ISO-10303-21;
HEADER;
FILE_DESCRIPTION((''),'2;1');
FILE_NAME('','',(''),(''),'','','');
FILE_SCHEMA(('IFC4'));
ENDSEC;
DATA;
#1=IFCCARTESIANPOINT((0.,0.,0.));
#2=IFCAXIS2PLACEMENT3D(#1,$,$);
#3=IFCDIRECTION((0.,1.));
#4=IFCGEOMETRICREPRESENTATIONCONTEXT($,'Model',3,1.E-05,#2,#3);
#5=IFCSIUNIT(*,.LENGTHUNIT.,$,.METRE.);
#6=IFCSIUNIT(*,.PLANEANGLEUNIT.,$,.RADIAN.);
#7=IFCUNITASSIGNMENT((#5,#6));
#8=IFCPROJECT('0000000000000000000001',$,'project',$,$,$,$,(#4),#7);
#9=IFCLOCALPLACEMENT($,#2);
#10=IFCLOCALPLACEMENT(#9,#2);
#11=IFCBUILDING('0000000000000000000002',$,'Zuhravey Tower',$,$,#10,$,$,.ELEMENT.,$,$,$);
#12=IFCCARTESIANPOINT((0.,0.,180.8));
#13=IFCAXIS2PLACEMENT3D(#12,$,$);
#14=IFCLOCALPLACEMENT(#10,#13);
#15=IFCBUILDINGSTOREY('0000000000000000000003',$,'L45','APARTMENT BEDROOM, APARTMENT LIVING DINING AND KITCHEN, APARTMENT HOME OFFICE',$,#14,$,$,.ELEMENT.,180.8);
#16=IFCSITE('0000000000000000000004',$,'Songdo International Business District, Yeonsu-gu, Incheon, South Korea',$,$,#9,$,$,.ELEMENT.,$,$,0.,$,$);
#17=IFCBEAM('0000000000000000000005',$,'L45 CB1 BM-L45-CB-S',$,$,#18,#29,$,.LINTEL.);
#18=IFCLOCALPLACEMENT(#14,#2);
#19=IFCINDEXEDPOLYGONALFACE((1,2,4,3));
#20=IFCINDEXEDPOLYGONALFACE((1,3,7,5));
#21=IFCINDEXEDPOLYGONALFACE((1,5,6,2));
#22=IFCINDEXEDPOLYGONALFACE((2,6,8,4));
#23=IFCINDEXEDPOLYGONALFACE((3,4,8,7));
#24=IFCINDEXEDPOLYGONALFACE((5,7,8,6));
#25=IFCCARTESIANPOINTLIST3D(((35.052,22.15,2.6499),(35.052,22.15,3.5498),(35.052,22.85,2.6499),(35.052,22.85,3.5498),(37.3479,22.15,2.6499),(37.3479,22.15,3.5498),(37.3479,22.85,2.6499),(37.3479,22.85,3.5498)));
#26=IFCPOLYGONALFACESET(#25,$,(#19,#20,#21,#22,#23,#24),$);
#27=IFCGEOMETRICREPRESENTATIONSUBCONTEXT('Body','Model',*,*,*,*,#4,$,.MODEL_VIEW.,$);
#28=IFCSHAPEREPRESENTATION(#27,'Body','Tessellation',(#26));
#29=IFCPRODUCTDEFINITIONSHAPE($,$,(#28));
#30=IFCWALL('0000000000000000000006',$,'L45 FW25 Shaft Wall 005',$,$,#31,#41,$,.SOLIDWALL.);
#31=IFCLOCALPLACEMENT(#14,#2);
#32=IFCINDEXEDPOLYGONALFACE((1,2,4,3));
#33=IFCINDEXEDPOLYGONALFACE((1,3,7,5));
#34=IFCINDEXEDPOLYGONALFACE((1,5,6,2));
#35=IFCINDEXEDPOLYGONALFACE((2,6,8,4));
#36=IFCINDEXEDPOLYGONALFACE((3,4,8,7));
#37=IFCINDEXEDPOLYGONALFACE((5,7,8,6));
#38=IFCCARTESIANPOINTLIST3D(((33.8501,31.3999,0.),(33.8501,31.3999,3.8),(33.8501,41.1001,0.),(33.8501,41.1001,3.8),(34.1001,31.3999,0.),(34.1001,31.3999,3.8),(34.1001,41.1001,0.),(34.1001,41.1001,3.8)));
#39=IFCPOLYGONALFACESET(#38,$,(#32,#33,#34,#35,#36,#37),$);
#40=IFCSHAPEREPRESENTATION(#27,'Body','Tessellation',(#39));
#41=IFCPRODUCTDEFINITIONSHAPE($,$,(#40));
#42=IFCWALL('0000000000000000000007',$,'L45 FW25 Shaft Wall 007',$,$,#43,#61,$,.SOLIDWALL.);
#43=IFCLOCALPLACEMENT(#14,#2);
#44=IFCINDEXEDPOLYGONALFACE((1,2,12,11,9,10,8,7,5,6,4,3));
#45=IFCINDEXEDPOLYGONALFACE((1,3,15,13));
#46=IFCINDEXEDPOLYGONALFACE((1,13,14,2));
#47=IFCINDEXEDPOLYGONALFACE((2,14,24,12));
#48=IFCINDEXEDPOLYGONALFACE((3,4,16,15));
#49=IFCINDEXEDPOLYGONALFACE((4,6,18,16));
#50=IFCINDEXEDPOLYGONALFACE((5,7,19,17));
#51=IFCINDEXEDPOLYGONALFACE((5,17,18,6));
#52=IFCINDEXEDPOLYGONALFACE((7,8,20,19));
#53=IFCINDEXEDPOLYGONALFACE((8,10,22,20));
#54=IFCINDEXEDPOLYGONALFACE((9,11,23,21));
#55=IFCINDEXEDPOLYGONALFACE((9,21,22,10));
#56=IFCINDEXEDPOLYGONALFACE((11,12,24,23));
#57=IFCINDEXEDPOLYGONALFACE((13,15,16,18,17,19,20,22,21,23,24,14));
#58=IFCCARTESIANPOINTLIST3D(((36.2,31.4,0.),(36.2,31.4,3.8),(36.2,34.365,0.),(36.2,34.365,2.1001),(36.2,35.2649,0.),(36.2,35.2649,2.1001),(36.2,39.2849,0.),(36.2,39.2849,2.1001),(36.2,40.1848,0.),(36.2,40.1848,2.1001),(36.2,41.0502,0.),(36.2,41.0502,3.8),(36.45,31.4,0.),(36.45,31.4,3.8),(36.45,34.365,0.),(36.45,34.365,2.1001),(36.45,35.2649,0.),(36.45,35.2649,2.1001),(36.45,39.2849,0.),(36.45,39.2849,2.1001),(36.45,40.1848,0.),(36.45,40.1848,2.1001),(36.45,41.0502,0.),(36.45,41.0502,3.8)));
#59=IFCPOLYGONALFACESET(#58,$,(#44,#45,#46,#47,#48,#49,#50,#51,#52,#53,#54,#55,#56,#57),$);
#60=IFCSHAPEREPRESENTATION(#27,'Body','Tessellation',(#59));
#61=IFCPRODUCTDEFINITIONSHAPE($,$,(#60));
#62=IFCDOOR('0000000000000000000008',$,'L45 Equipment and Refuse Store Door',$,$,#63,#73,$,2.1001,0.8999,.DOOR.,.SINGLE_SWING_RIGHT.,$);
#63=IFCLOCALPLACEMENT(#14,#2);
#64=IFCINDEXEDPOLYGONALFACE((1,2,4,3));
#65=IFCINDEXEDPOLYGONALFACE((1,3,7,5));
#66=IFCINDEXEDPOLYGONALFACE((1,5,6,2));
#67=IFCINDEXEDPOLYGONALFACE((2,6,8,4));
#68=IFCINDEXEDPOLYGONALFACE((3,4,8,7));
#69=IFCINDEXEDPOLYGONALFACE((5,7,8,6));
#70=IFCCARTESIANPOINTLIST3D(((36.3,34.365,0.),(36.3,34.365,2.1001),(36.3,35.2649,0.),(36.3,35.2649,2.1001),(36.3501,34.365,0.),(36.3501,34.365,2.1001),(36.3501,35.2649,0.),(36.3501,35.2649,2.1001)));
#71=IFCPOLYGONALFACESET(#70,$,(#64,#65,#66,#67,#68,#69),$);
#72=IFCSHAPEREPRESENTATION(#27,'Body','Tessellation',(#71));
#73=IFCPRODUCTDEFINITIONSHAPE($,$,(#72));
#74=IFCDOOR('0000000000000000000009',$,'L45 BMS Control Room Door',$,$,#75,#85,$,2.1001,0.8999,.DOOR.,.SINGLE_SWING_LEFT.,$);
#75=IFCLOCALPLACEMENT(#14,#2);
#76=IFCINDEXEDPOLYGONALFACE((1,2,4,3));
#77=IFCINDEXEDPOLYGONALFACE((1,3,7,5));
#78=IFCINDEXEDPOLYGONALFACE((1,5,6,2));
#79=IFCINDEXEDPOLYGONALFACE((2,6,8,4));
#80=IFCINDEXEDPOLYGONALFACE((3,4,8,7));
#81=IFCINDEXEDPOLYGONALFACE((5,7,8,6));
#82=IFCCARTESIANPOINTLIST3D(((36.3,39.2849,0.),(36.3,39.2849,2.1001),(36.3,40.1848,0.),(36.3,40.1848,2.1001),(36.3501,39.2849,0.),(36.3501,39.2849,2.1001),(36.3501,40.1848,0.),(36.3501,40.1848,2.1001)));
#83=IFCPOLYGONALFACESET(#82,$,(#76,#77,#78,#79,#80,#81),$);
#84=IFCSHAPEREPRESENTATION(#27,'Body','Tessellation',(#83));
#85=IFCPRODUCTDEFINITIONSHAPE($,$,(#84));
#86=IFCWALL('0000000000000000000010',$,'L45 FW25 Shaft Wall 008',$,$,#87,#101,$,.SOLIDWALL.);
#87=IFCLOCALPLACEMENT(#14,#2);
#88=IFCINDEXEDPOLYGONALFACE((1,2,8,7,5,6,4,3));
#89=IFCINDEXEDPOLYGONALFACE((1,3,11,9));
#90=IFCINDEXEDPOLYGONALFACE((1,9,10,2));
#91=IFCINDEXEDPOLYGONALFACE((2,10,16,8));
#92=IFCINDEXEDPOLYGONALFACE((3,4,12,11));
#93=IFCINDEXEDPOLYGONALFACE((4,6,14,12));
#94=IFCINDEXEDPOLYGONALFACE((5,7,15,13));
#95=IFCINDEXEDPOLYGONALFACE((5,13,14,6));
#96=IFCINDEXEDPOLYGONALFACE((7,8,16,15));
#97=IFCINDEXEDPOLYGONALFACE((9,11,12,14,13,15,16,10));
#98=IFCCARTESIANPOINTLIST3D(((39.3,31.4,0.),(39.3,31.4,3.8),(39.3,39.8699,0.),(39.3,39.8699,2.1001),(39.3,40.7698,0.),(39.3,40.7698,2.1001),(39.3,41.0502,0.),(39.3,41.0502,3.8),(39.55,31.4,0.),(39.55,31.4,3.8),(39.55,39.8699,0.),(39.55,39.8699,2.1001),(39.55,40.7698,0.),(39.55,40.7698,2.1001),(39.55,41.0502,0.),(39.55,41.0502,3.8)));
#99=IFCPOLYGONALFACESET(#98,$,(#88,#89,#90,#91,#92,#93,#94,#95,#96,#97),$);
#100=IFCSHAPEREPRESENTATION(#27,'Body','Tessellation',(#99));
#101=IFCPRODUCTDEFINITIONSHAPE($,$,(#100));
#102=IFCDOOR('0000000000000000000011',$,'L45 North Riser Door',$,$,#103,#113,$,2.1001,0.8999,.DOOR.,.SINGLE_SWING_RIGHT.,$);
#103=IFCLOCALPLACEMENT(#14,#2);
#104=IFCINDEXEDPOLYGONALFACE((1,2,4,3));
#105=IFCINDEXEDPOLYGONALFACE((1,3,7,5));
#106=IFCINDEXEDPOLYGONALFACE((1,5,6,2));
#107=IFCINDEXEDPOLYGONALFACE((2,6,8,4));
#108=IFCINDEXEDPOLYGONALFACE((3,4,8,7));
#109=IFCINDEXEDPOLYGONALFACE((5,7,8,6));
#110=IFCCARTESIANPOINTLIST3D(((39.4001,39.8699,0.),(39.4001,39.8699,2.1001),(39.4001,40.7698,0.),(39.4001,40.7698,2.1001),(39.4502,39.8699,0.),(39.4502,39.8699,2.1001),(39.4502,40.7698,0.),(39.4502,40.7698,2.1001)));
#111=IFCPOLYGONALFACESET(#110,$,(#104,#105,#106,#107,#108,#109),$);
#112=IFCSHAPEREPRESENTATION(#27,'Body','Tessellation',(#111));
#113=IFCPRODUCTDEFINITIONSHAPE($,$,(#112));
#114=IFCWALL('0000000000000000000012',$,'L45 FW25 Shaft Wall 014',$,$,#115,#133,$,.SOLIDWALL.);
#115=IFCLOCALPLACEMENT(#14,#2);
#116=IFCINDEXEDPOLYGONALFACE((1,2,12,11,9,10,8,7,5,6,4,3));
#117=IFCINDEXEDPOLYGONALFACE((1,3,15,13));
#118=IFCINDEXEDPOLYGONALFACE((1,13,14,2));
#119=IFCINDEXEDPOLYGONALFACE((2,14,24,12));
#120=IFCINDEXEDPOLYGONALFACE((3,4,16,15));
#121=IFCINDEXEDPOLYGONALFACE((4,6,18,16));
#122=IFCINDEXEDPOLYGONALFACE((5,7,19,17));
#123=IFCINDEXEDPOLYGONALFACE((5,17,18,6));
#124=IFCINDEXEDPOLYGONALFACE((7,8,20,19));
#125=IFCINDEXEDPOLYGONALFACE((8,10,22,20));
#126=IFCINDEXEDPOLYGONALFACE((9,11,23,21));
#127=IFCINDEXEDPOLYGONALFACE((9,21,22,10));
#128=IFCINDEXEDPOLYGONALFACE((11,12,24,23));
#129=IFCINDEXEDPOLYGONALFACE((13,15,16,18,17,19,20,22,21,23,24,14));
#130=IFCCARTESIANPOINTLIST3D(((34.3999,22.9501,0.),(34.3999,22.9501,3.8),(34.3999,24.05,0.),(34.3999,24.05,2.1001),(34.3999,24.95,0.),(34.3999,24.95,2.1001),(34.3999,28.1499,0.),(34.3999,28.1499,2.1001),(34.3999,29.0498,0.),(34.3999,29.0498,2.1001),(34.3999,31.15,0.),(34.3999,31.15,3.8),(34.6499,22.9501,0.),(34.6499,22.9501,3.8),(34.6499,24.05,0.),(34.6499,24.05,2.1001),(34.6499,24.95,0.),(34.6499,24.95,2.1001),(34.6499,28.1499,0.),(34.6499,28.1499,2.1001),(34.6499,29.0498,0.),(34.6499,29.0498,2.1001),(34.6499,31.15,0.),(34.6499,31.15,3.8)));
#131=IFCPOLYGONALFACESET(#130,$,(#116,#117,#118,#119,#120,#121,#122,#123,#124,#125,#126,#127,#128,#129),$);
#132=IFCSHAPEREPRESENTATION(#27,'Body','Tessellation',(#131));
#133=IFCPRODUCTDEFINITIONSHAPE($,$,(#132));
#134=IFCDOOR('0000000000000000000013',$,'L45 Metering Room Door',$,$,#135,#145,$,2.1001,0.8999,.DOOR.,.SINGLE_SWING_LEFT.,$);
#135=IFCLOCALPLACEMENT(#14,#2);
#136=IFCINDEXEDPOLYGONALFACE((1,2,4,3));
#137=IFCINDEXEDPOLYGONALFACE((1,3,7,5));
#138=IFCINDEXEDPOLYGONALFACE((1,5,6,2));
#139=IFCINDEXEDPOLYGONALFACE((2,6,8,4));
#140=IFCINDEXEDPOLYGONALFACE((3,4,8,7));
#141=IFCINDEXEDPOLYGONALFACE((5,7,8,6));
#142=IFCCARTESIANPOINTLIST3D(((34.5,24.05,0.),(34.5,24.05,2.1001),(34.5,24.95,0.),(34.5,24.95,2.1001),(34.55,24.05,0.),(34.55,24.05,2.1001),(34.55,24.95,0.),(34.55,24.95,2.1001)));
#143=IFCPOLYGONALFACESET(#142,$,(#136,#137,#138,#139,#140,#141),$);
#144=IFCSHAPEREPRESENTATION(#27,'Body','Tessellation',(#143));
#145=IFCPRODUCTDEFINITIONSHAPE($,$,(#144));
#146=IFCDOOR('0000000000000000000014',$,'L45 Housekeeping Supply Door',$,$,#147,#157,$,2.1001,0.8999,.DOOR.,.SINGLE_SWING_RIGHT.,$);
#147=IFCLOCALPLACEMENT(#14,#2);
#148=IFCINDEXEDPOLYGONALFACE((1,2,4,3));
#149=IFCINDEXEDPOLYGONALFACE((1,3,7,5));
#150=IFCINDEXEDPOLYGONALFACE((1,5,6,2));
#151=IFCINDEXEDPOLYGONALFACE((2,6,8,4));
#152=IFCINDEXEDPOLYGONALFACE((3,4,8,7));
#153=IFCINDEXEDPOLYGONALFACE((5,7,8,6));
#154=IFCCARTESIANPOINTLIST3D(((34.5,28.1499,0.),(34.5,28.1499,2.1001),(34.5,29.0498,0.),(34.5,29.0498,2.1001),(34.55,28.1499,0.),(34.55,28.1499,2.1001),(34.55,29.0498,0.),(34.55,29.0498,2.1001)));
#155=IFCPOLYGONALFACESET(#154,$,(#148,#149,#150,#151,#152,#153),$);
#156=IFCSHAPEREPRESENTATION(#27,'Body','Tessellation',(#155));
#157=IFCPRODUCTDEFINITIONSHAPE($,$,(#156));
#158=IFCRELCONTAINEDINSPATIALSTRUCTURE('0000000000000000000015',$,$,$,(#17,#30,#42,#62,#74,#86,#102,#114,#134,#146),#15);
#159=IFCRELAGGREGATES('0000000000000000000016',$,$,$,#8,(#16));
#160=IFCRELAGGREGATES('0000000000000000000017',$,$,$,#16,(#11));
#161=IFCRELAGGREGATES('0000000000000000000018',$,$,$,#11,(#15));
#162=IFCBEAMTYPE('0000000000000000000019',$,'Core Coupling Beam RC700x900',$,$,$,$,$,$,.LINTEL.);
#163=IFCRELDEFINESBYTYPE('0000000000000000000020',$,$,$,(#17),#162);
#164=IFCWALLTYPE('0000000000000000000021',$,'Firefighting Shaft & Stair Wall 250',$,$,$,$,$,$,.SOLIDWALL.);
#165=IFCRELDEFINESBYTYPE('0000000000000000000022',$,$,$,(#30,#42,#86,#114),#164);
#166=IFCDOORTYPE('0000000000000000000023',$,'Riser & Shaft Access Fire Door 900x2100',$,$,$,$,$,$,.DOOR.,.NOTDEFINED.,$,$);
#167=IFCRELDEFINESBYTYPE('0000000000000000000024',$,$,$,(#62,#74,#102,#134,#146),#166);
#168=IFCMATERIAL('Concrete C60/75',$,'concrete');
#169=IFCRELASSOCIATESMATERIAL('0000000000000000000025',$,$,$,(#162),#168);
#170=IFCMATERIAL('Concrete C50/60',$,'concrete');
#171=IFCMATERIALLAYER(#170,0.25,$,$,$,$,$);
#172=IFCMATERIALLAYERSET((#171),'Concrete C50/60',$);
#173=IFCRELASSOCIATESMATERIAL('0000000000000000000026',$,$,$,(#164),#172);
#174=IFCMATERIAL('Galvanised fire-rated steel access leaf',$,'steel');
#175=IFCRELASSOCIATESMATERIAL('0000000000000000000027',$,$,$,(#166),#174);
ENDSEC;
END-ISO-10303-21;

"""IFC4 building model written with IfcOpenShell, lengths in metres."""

from ifc_helpers import new_model, si_unit, direction, frame, frame_2d, origin, origin_2d, place, context, subcontext, project, spatial, rectangle, extrude, material, layer, layer_set, material_profile, profile_set, type_object, element, fill, save


model = new_model("IFC4")

# Units and contexts
model_context = context("Model", 3, precision=1e-05, world=origin(), true_north=direction((0.0, 1.0)))
body_context = subcontext(model_context, "Body", "Model", "MODEL_VIEW")
ifc_project = project(units=[si_unit("LENGTHUNIT", "METRE"), si_unit("PLANEANGLEUNIT", "RADIAN")], contexts=[model_context])

# Site, building, storey
site_placement = place(None, origin())
site = spatial("IfcSite", under=ifc_project, at=site_placement, Name="Songdo International Business District, Yeonsu-gu, Incheon, South Korea", CompositionType="ELEMENT", RefElevation=0.0)
building_placement = place(site_placement, origin())
building = spatial("IfcBuilding", under=site, at=building_placement, Name="Zuhravey Tower", CompositionType="ELEMENT")
storey_placement = place(building_placement, frame((0.0, 0.0, 180.8)))
storey = spatial("IfcBuildingStorey", under=building, at=storey_placement, Name="L45", Description="APARTMENT BEDROOM, APARTMENT LIVING DINING AND KITCHEN, APARTMENT HOME OFFICE", CompositionType="ELEMENT", Elevation=180.8)

# Beam
ifc_material_1 = material(Name="Concrete C60/75", Category="concrete")
ifc_material_profile = material_profile(ifc_material_1, rectangle(XDim=0.7, YDim=0.8999, at=origin_2d()), Name="RC-700x900")
ifc_profile_set = profile_set([ifc_material_profile], Name="Concrete C60/75")
beam_type = type_object("IfcBeamType", Name="Core Coupling Beam RC700x900", PredefinedType="LINTEL", material=ifc_profile_set)
beam_placement = place(storey_placement, frame((35.052, 22.5, 3.0999), z_axis=(1.0, 0.0, 0.0), x_axis=(0.0, 1.0, 0.0)))
element("IfcBeam", 1, at=beam_placement, inside=storey, type_object=beam_type, Name="L45 CB1 BM-L45-CB-S", PredefinedType="LINTEL", context=body_context, shape_type="SweptSolid", body=[
    extrude(rectangle(XDim=0.7, YDim=0.8999, at=origin_2d()), origin(), (0.0, 0.0, 1.0), 2.2959),
])

# Shared definitions
ifc_material_2 = material(Name="Concrete C50/60", Category="concrete")
ifc_layer_1 = layer(ifc_material_2, 0.25)
ifc_layer_set_1 = layer_set([ifc_layer_1], Name="Concrete C50/60")
wall_type_1 = type_object("IfcWallType", Name="Firefighting Shaft & Stair Wall 250", PredefinedType="SOLIDWALL", material=ifc_layer_set_1)

# Wall
wall_1_placement = place(storey_placement, frame((33.9751, 31.3999, 0.0), z_axis=(0.0, 0.0, 1.0), x_axis=(0.0, 1.0, 0.0)))
element("IfcWall", 2, at=wall_1_placement, inside=storey, type_object=wall_type_1, Name="L45 FW25 Shaft Wall 005", PredefinedType="SOLIDWALL", context=body_context, shape_type="SweptSolid", body=[
    extrude(rectangle(XDim=9.7002, YDim=0.25, at=frame_2d((4.8501, 0.0))), origin(), (0.0, 0.0, 1.0), 3.8),
])

# Wall, openings, doors
wall_2_placement = place(storey_placement, frame((36.325, 31.3999, 0.0), z_axis=(0.0, 0.0, 1.0), x_axis=(0.0, 1.0, 0.0)))
wall_2 = element("IfcWall", 3, at=wall_2_placement, inside=storey, type_object=wall_type_1, Name="L45 FW25 Shaft Wall 007", PredefinedType="SOLIDWALL", context=body_context, shape_type="SweptSolid", body=[
    extrude(rectangle(XDim=9.6501, YDim=0.25, at=frame_2d((4.8252, 0.0))), origin(), (0.0, 0.0, 1.0), 3.8),
])
opening_1_placement = place(wall_2_placement, frame((2.9651, 0.0, 0.0)))
opening_1 = element("IfcOpeningElement", 4, at=opening_1_placement, cuts=wall_2, PredefinedType="OPENING", context=body_context, shape_type="SweptSolid", body=[
    extrude(rectangle(XDim=0.8999, YDim=2.1001, at=frame_2d((0.45, 1.05))), frame((0.0, 0.137, 0.0), z_axis=(0.0, -1.0, 0.0), x_axis=(1.0, 0.0, 0.0)), (0.0, 0.0, 1.0), 0.2739),
])
opening_2_placement = place(wall_2_placement, frame((7.885, 0.0, 0.0)))
opening_2 = element("IfcOpeningElement", 5, at=opening_2_placement, cuts=wall_2, PredefinedType="OPENING", context=body_context, shape_type="SweptSolid", body=[
    extrude(rectangle(XDim=0.8999, YDim=2.1001, at=frame_2d((0.45, 1.05))), frame((0.0, 0.137, 0.0), z_axis=(0.0, -1.0, 0.0), x_axis=(1.0, 0.0, 0.0)), (0.0, 0.0, 1.0), 0.2739),
])
ifc_material_3 = material(Name="Galvanised fire-rated steel access leaf", Category="steel")
door_type_1 = type_object("IfcDoorType", Name="Riser & Shaft Access Fire Door 900x2100", OperationType="NOTDEFINED", PredefinedType="DOOR", material=ifc_material_3)
door_1_placement = place(opening_1_placement, origin())
door_1 = element("IfcDoor", 6, at=door_1_placement, inside=storey, type_object=door_type_1, Name="L45 Equipment and Refuse Store Door", OperationType="SINGLE_SWING_RIGHT", OverallHeight=2.1001, OverallWidth=0.8999, PredefinedType="DOOR", context=body_context, shape_type="SweptSolid", body=[
    extrude(rectangle(XDim=0.8999, YDim=2.1001, at=frame_2d((0.45, 1.05))), frame((0.0, 0.0249, 0.0), z_axis=(0.0, -1.0, 0.0), x_axis=(1.0, 0.0, 0.0)), (0.0, 0.0, 1.0), 0.05),
])
fill(opening_1, door_1)
door_2_placement = place(opening_2_placement, origin())
door_2 = element("IfcDoor", 7, at=door_2_placement, inside=storey, type_object=door_type_1, Name="L45 BMS Control Room Door", OperationType="SINGLE_SWING_LEFT", OverallHeight=2.1001, OverallWidth=0.8999, PredefinedType="DOOR", context=body_context, shape_type="SweptSolid", body=[
    extrude(rectangle(XDim=0.8999, YDim=2.1001, at=frame_2d((0.45, 1.05))), frame((0.0, 0.0249, 0.0), z_axis=(0.0, -1.0, 0.0), x_axis=(1.0, 0.0, 0.0)), (0.0, 0.0, 1.0), 0.05),
])
fill(opening_2, door_2)

# Wall, opening, door
wall_3_placement = place(storey_placement, frame((39.425, 31.3999, 0.0), z_axis=(0.0, 0.0, 1.0), x_axis=(0.0, 1.0, 0.0)))
wall_3 = element("IfcWall", 8, at=wall_3_placement, inside=storey, type_object=wall_type_1, Name="L45 FW25 Shaft Wall 008", PredefinedType="SOLIDWALL", context=body_context, shape_type="SweptSolid", body=[
    extrude(rectangle(XDim=9.6501, YDim=0.25, at=frame_2d((4.8252, 0.0))), origin(), (0.0, 0.0, 1.0), 3.8),
])
opening_3_placement = place(wall_3_placement, frame((8.47, 0.0, 0.0)))
opening_3 = element("IfcOpeningElement", 9, at=opening_3_placement, cuts=wall_3, PredefinedType="OPENING", context=body_context, shape_type="SweptSolid", body=[
    extrude(rectangle(XDim=0.8999, YDim=2.1001, at=frame_2d((0.45, 1.05))), frame((0.0, 0.137, 0.0), z_axis=(0.0, -1.0, 0.0), x_axis=(1.0, 0.0, 0.0)), (0.0, 0.0, 1.0), 0.2739),
])
door_3_placement = place(opening_3_placement, origin())
door_3 = element("IfcDoor", 10, at=door_3_placement, inside=storey, type_object=door_type_1, Name="L45 North Riser Door", OperationType="SINGLE_SWING_RIGHT", OverallHeight=2.1001, OverallWidth=0.8999, PredefinedType="DOOR", context=body_context, shape_type="SweptSolid", body=[
    extrude(rectangle(XDim=0.8999, YDim=2.1001, at=frame_2d((0.45, 1.05))), frame((0.0, 0.0249, 0.0), z_axis=(0.0, -1.0, 0.0), x_axis=(1.0, 0.0, 0.0)), (0.0, 0.0, 1.0), 0.05),
])
fill(opening_3, door_3)

# Wall, openings, doors
wall_4_placement = place(storey_placement, frame((34.5249, 22.95, 0.0), z_axis=(0.0, 0.0, 1.0), x_axis=(0.0, 1.0, 0.0)))
wall_4 = element("IfcWall", 11, at=wall_4_placement, inside=storey, type_object=wall_type_1, Name="L45 FW25 Shaft Wall 014", PredefinedType="SOLIDWALL", context=body_context, shape_type="SweptSolid", body=[
    extrude(rectangle(XDim=8.2, YDim=0.25, at=frame_2d((4.1001, 0.0))), origin(), (0.0, 0.0, 1.0), 3.8),
])
opening_4_placement = place(wall_4_placement, frame((1.1001, 0.0, 0.0)))
opening_4 = element("IfcOpeningElement", 12, at=opening_4_placement, cuts=wall_4, PredefinedType="OPENING", context=body_context, shape_type="SweptSolid", body=[
    extrude(rectangle(XDim=0.8999, YDim=2.1001, at=frame_2d((0.45, 1.05))), frame((0.0, 0.137, 0.0), z_axis=(0.0, -1.0, 0.0), x_axis=(1.0, 0.0, 0.0)), (0.0, 0.0, 1.0), 0.2739),
])
opening_5_placement = place(wall_4_placement, frame((5.2, 0.0, 0.0)))
opening_5 = element("IfcOpeningElement", 13, at=opening_5_placement, cuts=wall_4, PredefinedType="OPENING", context=body_context, shape_type="SweptSolid", body=[
    extrude(rectangle(XDim=0.8999, YDim=2.1001, at=frame_2d((0.45, 1.05))), frame((0.0, 0.137, 0.0), z_axis=(0.0, -1.0, 0.0), x_axis=(1.0, 0.0, 0.0)), (0.0, 0.0, 1.0), 0.2739),
])
door_4_placement = place(opening_4_placement, origin())
door_4 = element("IfcDoor", 14, at=door_4_placement, inside=storey, type_object=door_type_1, Name="L45 Metering Room Door", OperationType="SINGLE_SWING_LEFT", OverallHeight=2.1001, OverallWidth=0.8999, PredefinedType="DOOR", context=body_context, shape_type="SweptSolid", body=[
    extrude(rectangle(XDim=0.8999, YDim=2.1001, at=frame_2d((0.45, 1.05))), frame((0.0, 0.0249, 0.0), z_axis=(0.0, -1.0, 0.0), x_axis=(1.0, 0.0, 0.0)), (0.0, 0.0, 1.0), 0.05),
])
fill(opening_4, door_4)
door_5_placement = place(opening_5_placement, origin())
door_5 = element("IfcDoor", 15, at=door_5_placement, inside=storey, type_object=door_type_1, Name="L45 Housekeeping Supply Door", OperationType="SINGLE_SWING_RIGHT", OverallHeight=2.1001, OverallWidth=0.8999, PredefinedType="DOOR", context=body_context, shape_type="SweptSolid", body=[
    extrude(rectangle(XDim=0.8999, YDim=2.1001, at=frame_2d((0.45, 1.05))), frame((0.0, 0.0249, 0.0), z_axis=(0.0, -1.0, 0.0), x_axis=(1.0, 0.0, 0.0)), (0.0, 0.0, 1.0), 0.05),
])
fill(opening_5, door_5)

save(model, "model.ifc")
